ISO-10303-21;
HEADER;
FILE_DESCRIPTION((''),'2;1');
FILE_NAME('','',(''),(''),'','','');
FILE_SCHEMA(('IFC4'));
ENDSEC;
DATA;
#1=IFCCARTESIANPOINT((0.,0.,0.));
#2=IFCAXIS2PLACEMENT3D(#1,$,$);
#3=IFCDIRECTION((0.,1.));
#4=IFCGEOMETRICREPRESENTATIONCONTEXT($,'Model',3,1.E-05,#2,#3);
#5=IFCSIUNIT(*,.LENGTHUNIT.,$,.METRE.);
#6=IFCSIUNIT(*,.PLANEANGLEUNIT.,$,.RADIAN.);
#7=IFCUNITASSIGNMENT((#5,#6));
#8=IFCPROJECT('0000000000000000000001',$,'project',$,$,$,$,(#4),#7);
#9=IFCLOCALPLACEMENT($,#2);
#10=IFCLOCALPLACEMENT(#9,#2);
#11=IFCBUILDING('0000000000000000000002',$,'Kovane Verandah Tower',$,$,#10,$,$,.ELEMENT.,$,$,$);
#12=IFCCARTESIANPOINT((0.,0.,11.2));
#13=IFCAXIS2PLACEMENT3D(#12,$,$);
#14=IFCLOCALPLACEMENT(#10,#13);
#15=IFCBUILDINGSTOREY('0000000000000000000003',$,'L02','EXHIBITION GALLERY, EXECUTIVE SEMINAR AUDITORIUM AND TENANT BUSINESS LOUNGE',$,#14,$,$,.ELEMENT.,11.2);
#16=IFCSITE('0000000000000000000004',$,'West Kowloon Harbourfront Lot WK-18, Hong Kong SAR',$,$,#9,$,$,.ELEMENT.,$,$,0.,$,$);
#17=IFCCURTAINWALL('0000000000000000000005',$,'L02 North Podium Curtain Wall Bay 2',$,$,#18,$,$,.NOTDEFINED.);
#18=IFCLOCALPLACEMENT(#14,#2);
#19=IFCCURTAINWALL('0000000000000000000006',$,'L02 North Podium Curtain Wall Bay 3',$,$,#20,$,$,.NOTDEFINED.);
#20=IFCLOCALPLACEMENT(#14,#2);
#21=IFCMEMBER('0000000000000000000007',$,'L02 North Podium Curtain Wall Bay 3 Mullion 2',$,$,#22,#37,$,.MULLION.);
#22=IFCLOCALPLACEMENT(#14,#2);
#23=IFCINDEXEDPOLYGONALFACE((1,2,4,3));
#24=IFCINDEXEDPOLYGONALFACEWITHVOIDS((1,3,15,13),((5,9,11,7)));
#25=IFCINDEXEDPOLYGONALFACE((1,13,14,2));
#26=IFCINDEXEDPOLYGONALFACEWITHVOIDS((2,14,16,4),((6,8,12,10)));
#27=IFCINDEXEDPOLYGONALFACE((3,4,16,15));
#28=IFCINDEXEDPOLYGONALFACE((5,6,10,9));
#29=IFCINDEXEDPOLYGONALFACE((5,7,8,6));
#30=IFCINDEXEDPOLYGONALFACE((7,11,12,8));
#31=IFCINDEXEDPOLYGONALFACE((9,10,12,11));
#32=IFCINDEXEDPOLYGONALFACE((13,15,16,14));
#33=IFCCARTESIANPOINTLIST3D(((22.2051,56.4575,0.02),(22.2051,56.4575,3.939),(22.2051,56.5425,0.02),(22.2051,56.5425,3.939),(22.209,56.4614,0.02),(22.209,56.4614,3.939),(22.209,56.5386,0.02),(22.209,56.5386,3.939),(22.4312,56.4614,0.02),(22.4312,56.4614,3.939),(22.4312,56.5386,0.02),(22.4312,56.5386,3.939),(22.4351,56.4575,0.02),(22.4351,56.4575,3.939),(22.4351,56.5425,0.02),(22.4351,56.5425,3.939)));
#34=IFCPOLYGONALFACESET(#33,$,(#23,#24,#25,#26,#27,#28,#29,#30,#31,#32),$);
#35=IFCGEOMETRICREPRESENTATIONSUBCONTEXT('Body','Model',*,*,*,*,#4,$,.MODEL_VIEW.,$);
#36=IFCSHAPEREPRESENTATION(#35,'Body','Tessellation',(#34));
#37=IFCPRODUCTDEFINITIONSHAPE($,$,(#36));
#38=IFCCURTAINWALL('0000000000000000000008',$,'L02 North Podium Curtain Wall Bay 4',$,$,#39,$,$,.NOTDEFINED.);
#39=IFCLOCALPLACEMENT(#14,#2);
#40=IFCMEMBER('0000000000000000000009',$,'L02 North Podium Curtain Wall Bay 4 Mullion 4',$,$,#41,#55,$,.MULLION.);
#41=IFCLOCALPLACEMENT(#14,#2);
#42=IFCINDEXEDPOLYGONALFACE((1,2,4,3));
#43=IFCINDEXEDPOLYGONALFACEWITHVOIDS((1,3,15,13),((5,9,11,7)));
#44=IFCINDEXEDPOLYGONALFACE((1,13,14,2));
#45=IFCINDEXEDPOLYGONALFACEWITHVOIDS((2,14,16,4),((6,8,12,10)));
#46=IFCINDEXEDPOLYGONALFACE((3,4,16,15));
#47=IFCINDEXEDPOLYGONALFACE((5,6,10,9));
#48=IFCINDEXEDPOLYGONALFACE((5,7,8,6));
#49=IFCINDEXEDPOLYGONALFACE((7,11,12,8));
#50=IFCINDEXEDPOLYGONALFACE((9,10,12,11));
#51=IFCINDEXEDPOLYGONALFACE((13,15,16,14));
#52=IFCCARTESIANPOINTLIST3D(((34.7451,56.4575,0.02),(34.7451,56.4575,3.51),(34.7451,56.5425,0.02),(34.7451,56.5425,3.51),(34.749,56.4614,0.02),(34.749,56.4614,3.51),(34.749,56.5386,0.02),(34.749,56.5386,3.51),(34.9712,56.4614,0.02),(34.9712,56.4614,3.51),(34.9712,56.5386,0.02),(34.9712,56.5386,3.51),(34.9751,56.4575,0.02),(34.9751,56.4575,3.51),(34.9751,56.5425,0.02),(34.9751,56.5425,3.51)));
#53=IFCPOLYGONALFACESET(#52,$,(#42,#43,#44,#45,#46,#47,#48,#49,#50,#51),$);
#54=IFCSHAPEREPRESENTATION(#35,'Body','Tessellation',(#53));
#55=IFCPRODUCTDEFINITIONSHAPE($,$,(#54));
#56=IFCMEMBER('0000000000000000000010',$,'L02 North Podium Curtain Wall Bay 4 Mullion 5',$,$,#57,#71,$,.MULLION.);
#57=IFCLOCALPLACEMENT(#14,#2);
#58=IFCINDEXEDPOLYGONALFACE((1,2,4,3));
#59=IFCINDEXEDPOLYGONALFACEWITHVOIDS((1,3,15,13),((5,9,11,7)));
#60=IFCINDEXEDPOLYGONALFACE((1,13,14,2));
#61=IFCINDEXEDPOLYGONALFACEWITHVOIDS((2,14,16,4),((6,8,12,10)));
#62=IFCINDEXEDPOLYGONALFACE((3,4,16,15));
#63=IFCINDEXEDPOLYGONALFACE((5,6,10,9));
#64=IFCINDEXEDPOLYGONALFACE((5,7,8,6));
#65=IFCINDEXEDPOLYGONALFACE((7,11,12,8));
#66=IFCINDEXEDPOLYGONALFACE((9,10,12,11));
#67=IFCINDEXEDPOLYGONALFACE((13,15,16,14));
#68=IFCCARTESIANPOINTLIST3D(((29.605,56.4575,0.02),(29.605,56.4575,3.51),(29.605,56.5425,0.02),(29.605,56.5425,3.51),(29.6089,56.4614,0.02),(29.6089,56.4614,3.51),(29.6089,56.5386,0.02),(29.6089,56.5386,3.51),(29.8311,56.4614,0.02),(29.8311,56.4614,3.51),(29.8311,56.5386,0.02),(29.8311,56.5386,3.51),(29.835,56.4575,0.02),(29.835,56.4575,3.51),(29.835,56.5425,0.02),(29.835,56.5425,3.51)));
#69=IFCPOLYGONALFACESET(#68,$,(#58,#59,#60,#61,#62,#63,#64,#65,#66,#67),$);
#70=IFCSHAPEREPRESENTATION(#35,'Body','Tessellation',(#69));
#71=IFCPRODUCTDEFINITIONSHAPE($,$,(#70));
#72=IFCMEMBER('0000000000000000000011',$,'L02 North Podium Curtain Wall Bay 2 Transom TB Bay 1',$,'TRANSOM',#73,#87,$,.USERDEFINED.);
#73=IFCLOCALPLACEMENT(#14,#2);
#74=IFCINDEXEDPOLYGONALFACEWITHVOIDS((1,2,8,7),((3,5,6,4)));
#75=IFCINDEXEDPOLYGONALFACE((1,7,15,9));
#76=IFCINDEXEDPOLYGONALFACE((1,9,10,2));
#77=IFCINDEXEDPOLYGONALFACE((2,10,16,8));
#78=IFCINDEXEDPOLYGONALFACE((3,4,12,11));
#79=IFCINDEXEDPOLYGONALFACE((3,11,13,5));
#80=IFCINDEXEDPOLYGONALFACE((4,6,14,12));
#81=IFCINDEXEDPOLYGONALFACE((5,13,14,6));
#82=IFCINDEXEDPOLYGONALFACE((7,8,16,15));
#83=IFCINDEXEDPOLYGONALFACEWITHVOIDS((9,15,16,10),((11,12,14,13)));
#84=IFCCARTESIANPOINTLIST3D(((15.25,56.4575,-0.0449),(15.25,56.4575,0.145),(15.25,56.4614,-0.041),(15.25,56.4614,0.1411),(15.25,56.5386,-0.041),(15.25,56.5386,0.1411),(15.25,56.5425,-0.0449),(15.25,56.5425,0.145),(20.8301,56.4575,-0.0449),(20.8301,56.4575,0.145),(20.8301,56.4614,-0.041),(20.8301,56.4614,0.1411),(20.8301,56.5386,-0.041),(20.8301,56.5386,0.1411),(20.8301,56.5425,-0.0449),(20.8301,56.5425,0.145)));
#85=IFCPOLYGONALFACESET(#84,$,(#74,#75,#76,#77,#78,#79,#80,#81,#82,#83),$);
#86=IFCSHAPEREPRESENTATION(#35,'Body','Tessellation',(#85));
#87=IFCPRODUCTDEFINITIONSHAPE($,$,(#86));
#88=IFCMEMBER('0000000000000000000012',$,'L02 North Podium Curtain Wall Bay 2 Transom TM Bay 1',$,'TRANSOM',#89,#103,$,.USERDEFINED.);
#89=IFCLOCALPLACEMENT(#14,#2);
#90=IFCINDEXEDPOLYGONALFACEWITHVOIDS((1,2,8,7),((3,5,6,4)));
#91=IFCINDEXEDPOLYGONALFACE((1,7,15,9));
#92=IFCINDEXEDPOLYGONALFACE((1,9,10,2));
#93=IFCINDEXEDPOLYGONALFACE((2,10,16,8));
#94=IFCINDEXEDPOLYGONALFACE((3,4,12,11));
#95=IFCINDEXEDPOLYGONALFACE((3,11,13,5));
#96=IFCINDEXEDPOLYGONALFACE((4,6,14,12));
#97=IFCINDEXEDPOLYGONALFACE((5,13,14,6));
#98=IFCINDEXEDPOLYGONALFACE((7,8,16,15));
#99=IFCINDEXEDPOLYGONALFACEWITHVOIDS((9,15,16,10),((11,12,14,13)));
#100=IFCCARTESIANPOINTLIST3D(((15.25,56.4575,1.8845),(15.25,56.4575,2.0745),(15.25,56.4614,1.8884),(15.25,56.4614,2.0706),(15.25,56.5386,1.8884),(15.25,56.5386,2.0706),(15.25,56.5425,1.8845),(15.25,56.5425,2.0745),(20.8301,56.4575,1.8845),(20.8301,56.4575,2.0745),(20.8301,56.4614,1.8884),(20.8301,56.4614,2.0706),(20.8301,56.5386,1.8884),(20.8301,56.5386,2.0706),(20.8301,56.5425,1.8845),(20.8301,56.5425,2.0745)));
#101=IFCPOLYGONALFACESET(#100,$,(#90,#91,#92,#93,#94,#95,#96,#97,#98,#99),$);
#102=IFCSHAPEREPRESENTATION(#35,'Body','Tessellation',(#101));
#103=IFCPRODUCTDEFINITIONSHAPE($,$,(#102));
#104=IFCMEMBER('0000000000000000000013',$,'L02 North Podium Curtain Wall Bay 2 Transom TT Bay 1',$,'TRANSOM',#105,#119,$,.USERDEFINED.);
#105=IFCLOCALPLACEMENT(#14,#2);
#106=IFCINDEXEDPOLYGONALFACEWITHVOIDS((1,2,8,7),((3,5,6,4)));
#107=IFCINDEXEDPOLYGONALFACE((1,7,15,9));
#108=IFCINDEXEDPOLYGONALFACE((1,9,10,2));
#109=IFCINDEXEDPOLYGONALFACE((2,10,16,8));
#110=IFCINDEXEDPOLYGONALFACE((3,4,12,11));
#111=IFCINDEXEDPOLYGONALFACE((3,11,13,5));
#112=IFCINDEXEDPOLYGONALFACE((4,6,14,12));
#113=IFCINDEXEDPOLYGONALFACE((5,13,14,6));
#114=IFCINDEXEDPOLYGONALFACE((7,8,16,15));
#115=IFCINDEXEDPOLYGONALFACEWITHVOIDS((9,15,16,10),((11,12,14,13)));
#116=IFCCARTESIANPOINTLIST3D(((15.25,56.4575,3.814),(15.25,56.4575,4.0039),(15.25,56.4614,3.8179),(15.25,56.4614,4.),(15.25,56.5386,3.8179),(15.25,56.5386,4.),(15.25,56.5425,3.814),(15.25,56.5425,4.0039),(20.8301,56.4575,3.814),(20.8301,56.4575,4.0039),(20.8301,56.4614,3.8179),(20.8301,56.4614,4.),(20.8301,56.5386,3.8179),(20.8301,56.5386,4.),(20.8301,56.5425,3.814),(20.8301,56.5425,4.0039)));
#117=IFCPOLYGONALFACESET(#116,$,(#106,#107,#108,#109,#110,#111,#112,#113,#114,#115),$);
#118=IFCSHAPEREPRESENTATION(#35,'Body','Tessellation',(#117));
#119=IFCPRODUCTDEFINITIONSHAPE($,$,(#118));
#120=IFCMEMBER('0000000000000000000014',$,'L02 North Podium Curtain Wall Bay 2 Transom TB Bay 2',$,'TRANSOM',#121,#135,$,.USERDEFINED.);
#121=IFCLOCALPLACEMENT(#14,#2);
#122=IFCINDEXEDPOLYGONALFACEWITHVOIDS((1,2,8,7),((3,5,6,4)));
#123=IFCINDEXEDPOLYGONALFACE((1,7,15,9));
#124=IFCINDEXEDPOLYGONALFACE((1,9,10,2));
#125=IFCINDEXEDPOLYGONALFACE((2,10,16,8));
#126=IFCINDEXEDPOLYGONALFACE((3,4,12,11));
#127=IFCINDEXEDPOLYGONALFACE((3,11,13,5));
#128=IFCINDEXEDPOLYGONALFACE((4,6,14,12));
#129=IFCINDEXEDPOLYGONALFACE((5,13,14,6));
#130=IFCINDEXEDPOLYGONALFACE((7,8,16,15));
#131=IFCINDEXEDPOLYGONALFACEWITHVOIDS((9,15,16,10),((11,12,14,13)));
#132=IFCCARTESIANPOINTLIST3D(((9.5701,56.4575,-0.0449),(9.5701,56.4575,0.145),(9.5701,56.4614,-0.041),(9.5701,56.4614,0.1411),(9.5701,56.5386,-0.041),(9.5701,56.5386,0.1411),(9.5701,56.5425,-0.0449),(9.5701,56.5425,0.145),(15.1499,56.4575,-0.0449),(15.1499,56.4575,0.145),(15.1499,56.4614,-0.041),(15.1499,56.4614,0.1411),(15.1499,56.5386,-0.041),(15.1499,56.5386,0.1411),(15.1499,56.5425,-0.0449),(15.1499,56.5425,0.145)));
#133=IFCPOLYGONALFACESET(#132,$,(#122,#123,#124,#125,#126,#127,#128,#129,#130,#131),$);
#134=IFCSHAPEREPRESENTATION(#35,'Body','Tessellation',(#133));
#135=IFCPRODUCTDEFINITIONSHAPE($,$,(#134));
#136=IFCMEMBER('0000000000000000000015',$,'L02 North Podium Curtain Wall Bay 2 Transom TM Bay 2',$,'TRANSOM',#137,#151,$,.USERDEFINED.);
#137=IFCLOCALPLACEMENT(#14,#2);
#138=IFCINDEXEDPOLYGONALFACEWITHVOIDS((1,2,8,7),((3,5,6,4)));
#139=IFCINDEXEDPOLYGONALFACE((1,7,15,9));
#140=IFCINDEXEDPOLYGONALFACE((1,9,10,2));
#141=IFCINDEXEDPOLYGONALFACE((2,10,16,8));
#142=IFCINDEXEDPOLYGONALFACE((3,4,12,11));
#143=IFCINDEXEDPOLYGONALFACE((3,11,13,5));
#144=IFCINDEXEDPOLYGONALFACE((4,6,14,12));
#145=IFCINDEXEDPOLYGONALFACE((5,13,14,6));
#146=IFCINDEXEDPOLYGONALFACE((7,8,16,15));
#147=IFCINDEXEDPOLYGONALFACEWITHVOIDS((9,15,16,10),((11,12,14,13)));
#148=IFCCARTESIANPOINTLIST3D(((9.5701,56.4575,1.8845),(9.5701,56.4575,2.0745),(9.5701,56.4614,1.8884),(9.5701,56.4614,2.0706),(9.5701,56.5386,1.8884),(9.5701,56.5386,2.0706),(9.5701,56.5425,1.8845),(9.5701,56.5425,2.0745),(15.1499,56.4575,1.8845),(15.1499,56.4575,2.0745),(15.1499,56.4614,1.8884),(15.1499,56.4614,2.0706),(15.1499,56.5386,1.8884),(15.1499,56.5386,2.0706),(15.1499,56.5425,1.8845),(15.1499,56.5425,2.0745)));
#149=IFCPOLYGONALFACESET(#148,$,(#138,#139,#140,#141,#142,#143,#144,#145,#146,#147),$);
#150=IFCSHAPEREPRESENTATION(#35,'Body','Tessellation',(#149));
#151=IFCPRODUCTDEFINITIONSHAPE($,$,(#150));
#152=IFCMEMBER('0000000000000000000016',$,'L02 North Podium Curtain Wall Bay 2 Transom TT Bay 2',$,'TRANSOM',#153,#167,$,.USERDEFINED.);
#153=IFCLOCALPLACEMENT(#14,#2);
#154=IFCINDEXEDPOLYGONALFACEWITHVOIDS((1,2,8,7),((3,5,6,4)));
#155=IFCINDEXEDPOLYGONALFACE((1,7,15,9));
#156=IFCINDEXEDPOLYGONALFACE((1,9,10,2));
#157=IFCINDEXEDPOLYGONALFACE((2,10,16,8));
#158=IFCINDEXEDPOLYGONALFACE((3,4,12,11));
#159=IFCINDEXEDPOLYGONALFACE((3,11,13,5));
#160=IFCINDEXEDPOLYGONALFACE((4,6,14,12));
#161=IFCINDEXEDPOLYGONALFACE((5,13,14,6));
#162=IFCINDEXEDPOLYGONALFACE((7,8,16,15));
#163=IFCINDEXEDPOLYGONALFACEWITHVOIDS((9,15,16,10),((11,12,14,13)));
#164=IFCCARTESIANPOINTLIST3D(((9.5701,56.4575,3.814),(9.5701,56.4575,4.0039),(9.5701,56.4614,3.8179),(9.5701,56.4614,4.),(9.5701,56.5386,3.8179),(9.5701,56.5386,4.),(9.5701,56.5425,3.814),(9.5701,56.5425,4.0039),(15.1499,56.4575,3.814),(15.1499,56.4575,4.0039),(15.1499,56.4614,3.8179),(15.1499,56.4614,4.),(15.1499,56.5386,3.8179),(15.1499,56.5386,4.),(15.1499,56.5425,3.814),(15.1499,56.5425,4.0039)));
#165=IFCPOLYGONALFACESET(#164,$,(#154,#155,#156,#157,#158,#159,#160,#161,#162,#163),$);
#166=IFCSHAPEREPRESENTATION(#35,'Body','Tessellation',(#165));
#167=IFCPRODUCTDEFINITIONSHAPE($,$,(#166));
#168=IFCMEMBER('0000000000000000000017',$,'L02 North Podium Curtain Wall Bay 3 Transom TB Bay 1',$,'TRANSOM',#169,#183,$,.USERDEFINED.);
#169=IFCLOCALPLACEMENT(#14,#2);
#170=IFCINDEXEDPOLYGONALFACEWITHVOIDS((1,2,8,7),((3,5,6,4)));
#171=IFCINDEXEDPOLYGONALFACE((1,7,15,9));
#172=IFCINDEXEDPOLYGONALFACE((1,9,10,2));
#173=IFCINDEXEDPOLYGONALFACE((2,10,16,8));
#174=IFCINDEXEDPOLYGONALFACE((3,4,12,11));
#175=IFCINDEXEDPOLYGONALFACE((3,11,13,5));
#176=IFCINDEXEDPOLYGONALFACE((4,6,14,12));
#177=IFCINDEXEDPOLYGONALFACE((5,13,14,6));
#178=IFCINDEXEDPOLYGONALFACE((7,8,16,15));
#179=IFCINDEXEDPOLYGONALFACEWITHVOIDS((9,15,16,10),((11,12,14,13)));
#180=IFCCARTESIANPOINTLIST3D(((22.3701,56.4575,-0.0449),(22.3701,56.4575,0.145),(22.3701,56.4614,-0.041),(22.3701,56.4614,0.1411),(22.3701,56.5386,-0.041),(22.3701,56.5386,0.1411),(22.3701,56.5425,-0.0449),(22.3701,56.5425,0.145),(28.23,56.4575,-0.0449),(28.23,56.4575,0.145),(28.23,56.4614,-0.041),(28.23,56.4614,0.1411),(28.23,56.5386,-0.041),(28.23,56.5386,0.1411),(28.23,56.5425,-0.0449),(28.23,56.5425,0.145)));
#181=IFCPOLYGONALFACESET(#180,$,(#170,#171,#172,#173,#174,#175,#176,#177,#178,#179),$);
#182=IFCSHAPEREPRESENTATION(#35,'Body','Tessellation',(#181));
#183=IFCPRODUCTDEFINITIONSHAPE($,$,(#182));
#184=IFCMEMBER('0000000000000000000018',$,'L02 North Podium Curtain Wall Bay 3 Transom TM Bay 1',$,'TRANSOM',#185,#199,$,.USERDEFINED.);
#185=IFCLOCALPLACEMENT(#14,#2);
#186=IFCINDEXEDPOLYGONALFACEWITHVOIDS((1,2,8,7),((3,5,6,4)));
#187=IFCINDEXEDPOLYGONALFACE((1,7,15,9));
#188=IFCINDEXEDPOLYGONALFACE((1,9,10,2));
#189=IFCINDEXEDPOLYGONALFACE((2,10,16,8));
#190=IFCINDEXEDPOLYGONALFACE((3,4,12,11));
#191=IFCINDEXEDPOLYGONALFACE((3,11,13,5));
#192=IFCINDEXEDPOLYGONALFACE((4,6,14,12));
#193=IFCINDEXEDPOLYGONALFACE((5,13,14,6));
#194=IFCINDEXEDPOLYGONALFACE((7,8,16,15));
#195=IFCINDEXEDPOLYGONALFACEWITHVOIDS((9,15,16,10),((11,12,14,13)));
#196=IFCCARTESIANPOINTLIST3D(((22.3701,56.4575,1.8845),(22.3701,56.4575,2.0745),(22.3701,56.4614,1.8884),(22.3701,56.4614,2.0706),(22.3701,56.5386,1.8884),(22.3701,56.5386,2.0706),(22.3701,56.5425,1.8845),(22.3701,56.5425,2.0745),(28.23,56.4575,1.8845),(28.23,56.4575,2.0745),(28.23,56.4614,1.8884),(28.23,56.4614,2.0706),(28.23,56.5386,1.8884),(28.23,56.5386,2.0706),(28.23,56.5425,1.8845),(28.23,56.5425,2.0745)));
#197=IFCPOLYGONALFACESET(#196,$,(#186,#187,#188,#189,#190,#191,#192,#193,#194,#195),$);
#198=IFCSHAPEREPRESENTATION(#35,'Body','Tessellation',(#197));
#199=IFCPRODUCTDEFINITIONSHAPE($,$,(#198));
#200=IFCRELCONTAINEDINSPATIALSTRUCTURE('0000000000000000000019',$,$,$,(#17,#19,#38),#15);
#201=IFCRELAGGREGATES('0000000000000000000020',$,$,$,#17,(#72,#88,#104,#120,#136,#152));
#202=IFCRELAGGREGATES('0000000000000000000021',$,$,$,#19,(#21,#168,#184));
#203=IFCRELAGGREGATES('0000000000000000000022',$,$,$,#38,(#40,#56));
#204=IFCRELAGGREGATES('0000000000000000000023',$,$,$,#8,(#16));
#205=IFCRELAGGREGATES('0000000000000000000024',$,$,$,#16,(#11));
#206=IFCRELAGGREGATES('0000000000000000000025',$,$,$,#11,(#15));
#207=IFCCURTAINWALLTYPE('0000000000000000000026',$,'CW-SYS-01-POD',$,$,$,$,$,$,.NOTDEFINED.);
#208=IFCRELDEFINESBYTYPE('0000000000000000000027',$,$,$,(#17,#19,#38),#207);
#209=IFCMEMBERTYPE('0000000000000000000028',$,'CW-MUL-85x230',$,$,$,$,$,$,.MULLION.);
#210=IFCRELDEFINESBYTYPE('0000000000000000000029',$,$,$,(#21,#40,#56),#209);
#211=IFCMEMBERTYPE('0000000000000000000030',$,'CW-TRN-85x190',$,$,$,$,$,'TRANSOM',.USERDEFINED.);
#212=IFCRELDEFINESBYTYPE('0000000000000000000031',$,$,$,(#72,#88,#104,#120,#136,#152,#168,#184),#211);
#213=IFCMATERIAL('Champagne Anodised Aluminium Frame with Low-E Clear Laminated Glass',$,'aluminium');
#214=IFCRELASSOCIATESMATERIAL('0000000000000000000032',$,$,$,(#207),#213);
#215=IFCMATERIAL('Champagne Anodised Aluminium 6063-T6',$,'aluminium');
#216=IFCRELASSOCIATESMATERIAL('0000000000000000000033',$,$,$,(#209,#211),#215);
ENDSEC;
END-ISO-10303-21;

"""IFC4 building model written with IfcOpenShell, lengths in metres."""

from ifc_helpers import new_model, si_unit, direction, frame, origin, origin_2d, place, context, subcontext, project, spatial, hollow_rectangle, extrude, material, material_profile, profile_set, type_object, element, aggregate, save


model = new_model("IFC4")

# Units and contexts
model_context = context("Model", 3, precision=1e-05, world=origin(), true_north=direction((0.0, 1.0)))
body_context = subcontext(model_context, "Body", "Model", "MODEL_VIEW")
ifc_project = project(units=[si_unit("LENGTHUNIT", "METRE"), si_unit("PLANEANGLEUNIT", "RADIAN")], contexts=[model_context])

# Site, building, storey
site_placement = place(None, origin())
site = spatial("IfcSite", under=ifc_project, at=site_placement, Name="West Kowloon Harbourfront Lot WK-18, Hong Kong SAR", CompositionType="ELEMENT", RefElevation=0.0)
building_placement = place(site_placement, origin())
building = spatial("IfcBuilding", under=site, at=building_placement, Name="Kovane Verandah Tower", CompositionType="ELEMENT")
storey_placement = place(building_placement, frame((0.0, 0.0, 11.2)))
storey = spatial("IfcBuildingStorey", under=building, at=storey_placement, Name="L02", Description="EXHIBITION GALLERY, EXECUTIVE SEMINAR AUDITORIUM AND TENANT BUSINESS LOUNGE", CompositionType="ELEMENT", Elevation=11.2)

# Curtain walls, members
ifc_material_1 = material(Name="Champagne Anodised Aluminium Frame with Low-E Clear Laminated Glass", Category="aluminium")
curtain_wall_type = type_object("IfcCurtainWallType", Name="CW-SYS-01-POD", PredefinedType="NOTDEFINED", material=ifc_material_1)
curtain_wall_1_placement = place(storey_placement, origin())
curtain_wall_1 = element("IfcCurtainWall", 1, at=curtain_wall_1_placement, inside=storey, type_object=curtain_wall_type, Name="L02 North Podium Curtain Wall Bay 2", PredefinedType="NOTDEFINED")
ifc_material_2 = material(Name="Champagne Anodised Aluminium 6063-T6", Category="aluminium")
ifc_material_profile_1 = material_profile(ifc_material_2, hollow_rectangle(XDim=0.085, YDim=0.23, WallThickness=0.0039, at=origin_2d()), Name="AL85x230x4")
ifc_profile_set_1 = profile_set([ifc_material_profile_1], Name="Champagne Anodised Aluminium 6063-T6")
member_type_1 = type_object("IfcMemberType", Name="CW-MUL-85x230", PredefinedType="MULLION", material=ifc_profile_set_1)
curtain_wall_2_placement = place(storey_placement, origin())
curtain_wall_2 = element("IfcCurtainWall", 2, at=curtain_wall_2_placement, inside=storey, type_object=curtain_wall_type, Name="L02 North Podium Curtain Wall Bay 3", PredefinedType="NOTDEFINED")
member_1_placement = place(storey_placement, frame((22.3201, 56.5, 0.02), z_axis=(0.0, 0.0, 1.0), x_axis=(0.0, 1.0, 0.0)))
member_1 = element("IfcMember", 3, at=member_1_placement, type_object=member_type_1, Name="L02 North Podium Curtain Wall Bay 3 Mullion 2", PredefinedType="MULLION", context=body_context, shape_type="SweptSolid", body=[
    extrude(hollow_rectangle(XDim=0.085, YDim=0.23, WallThickness=0.0039, at=origin_2d()), origin(), (0.0, 0.0, 1.0), 3.9189),
])
curtain_wall_3_placement = place(storey_placement, origin())
curtain_wall_3 = element("IfcCurtainWall", 4, at=curtain_wall_3_placement, inside=storey, type_object=curtain_wall_type, Name="L02 North Podium Curtain Wall Bay 4", PredefinedType="NOTDEFINED")
member_2_placement = place(storey_placement, frame((34.8601, 56.5, 0.02), z_axis=(0.0, 0.0, 1.0), x_axis=(0.0, 1.0, 0.0)))
member_2 = element("IfcMember", 5, at=member_2_placement, type_object=member_type_1, Name="L02 North Podium Curtain Wall Bay 4 Mullion 4", PredefinedType="MULLION", context=body_context, shape_type="SweptSolid", body=[
    extrude(hollow_rectangle(XDim=0.085, YDim=0.23, WallThickness=0.0039, at=origin_2d()), origin(), (0.0, 0.0, 1.0), 3.49),
])
member_3_placement = place(storey_placement, frame((29.72, 56.5, 0.02), z_axis=(0.0, 0.0, 1.0), x_axis=(0.0, 1.0, 0.0)))
member_3 = element("IfcMember", 6, at=member_3_placement, type_object=member_type_1, Name="L02 North Podium Curtain Wall Bay 4 Mullion 5", PredefinedType="MULLION", context=body_context, shape_type="SweptSolid", body=[
    extrude(hollow_rectangle(XDim=0.085, YDim=0.23, WallThickness=0.0039, at=origin_2d()), origin(), (0.0, 0.0, 1.0), 3.49),
])

# Members
ifc_material_profile_2 = material_profile(ifc_material_2, hollow_rectangle(XDim=0.085, YDim=0.1899, WallThickness=0.0039, at=origin_2d()), Name="AL85x190x4")
ifc_profile_set_2 = profile_set([ifc_material_profile_2], Name="Champagne Anodised Aluminium 6063-T6")
member_type_2 = type_object("IfcMemberType", Name="CW-TRN-85x190", ElementType="TRANSOM", PredefinedType="USERDEFINED", material=ifc_profile_set_2)
member_4_placement = place(storey_placement, frame((20.8301, 56.5, 0.05), z_axis=(-1.0, 0.0, 0.0), x_axis=(0.0, -1.0, 0.0)))
member_4 = element("IfcMember", 7, at=member_4_placement, type_object=member_type_2, Name="L02 North Podium Curtain Wall Bay 2 Transom TB Bay 1", ObjectType="TRANSOM", PredefinedType="USERDEFINED", context=body_context, shape_type="SweptSolid", body=[
    extrude(hollow_rectangle(XDim=0.085, YDim=0.1899, WallThickness=0.0039, at=origin_2d()), origin(), (0.0, 0.0, 1.0), 5.5801),
])
member_5_placement = place(storey_placement, frame((20.8301, 56.5, 1.9795), z_axis=(-1.0, 0.0, 0.0), x_axis=(0.0, -1.0, 0.0)))
member_5 = element("IfcMember", 8, at=member_5_placement, type_object=member_type_2, Name="L02 North Podium Curtain Wall Bay 2 Transom TM Bay 1", ObjectType="TRANSOM", PredefinedType="USERDEFINED", context=body_context, shape_type="SweptSolid", body=[
    extrude(hollow_rectangle(XDim=0.085, YDim=0.1899, WallThickness=0.0039, at=origin_2d()), origin(), (0.0, 0.0, 1.0), 5.5801),
])
member_6_placement = place(storey_placement, frame((20.8301, 56.5, 3.9089), z_axis=(-1.0, 0.0, 0.0), x_axis=(0.0, -1.0, 0.0)))
member_6 = element("IfcMember", 9, at=member_6_placement, type_object=member_type_2, Name="L02 North Podium Curtain Wall Bay 2 Transom TT Bay 1", ObjectType="TRANSOM", PredefinedType="USERDEFINED", context=body_context, shape_type="SweptSolid", body=[
    extrude(hollow_rectangle(XDim=0.085, YDim=0.1899, WallThickness=0.0039, at=origin_2d()), origin(), (0.0, 0.0, 1.0), 5.5801),
])
member_7_placement = place(storey_placement, frame((15.1499, 56.5, 0.05), z_axis=(-1.0, 0.0, 0.0), x_axis=(0.0, -1.0, 0.0)))
member_7 = element("IfcMember", 10, at=member_7_placement, type_object=member_type_2, Name="L02 North Podium Curtain Wall Bay 2 Transom TB Bay 2", ObjectType="TRANSOM", PredefinedType="USERDEFINED", context=body_context, shape_type="SweptSolid", body=[
    extrude(hollow_rectangle(XDim=0.085, YDim=0.1899, WallThickness=0.0039, at=origin_2d()), origin(), (0.0, 0.0, 1.0), 5.5798),
])
member_8_placement = place(storey_placement, frame((15.1499, 56.5, 1.9795), z_axis=(-1.0, 0.0, 0.0), x_axis=(0.0, -1.0, 0.0)))
member_8 = element("IfcMember", 11, at=member_8_placement, type_object=member_type_2, Name="L02 North Podium Curtain Wall Bay 2 Transom TM Bay 2", ObjectType="TRANSOM", PredefinedType="USERDEFINED", context=body_context, shape_type="SweptSolid", body=[
    extrude(hollow_rectangle(XDim=0.085, YDim=0.1899, WallThickness=0.0039, at=origin_2d()), origin(), (0.0, 0.0, 1.0), 5.5798),
])
member_9_placement = place(storey_placement, frame((15.1499, 56.5, 3.9089), z_axis=(-1.0, 0.0, 0.0), x_axis=(0.0, -1.0, 0.0)))
member_9 = element("IfcMember", 12, at=member_9_placement, type_object=member_type_2, Name="L02 North Podium Curtain Wall Bay 2 Transom TT Bay 2", ObjectType="TRANSOM", PredefinedType="USERDEFINED", context=body_context, shape_type="SweptSolid", body=[
    extrude(hollow_rectangle(XDim=0.085, YDim=0.1899, WallThickness=0.0039, at=origin_2d()), origin(), (0.0, 0.0, 1.0), 5.5798),
])
member_10_placement = place(storey_placement, frame((28.23, 56.5, 0.05), z_axis=(-1.0, 0.0, 0.0), x_axis=(0.0, -1.0, 0.0)))
member_10 = element("IfcMember", 13, at=member_10_placement, type_object=member_type_2, Name="L02 North Podium Curtain Wall Bay 3 Transom TB Bay 1", ObjectType="TRANSOM", PredefinedType="USERDEFINED", context=body_context, shape_type="SweptSolid", body=[
    extrude(hollow_rectangle(XDim=0.085, YDim=0.1899, WallThickness=0.0039, at=origin_2d()), origin(), (0.0, 0.0, 1.0), 5.8599),
])
member_11_placement = place(storey_placement, frame((28.23, 56.5, 1.9795), z_axis=(-1.0, 0.0, 0.0), x_axis=(0.0, -1.0, 0.0)))
member_11 = element("IfcMember", 14, at=member_11_placement, type_object=member_type_2, Name="L02 North Podium Curtain Wall Bay 3 Transom TM Bay 1", ObjectType="TRANSOM", PredefinedType="USERDEFINED", context=body_context, shape_type="SweptSolid", body=[
    extrude(hollow_rectangle(XDim=0.085, YDim=0.1899, WallThickness=0.0039, at=origin_2d()), origin(), (0.0, 0.0, 1.0), 5.8599),
])

aggregate(curtain_wall_1, [member_4, member_5, member_6, member_7, member_8, member_9])
aggregate(curtain_wall_2, [member_1, member_10, member_11])
aggregate(curtain_wall_3, [member_2, member_3])

save(model, "model.ifc")
